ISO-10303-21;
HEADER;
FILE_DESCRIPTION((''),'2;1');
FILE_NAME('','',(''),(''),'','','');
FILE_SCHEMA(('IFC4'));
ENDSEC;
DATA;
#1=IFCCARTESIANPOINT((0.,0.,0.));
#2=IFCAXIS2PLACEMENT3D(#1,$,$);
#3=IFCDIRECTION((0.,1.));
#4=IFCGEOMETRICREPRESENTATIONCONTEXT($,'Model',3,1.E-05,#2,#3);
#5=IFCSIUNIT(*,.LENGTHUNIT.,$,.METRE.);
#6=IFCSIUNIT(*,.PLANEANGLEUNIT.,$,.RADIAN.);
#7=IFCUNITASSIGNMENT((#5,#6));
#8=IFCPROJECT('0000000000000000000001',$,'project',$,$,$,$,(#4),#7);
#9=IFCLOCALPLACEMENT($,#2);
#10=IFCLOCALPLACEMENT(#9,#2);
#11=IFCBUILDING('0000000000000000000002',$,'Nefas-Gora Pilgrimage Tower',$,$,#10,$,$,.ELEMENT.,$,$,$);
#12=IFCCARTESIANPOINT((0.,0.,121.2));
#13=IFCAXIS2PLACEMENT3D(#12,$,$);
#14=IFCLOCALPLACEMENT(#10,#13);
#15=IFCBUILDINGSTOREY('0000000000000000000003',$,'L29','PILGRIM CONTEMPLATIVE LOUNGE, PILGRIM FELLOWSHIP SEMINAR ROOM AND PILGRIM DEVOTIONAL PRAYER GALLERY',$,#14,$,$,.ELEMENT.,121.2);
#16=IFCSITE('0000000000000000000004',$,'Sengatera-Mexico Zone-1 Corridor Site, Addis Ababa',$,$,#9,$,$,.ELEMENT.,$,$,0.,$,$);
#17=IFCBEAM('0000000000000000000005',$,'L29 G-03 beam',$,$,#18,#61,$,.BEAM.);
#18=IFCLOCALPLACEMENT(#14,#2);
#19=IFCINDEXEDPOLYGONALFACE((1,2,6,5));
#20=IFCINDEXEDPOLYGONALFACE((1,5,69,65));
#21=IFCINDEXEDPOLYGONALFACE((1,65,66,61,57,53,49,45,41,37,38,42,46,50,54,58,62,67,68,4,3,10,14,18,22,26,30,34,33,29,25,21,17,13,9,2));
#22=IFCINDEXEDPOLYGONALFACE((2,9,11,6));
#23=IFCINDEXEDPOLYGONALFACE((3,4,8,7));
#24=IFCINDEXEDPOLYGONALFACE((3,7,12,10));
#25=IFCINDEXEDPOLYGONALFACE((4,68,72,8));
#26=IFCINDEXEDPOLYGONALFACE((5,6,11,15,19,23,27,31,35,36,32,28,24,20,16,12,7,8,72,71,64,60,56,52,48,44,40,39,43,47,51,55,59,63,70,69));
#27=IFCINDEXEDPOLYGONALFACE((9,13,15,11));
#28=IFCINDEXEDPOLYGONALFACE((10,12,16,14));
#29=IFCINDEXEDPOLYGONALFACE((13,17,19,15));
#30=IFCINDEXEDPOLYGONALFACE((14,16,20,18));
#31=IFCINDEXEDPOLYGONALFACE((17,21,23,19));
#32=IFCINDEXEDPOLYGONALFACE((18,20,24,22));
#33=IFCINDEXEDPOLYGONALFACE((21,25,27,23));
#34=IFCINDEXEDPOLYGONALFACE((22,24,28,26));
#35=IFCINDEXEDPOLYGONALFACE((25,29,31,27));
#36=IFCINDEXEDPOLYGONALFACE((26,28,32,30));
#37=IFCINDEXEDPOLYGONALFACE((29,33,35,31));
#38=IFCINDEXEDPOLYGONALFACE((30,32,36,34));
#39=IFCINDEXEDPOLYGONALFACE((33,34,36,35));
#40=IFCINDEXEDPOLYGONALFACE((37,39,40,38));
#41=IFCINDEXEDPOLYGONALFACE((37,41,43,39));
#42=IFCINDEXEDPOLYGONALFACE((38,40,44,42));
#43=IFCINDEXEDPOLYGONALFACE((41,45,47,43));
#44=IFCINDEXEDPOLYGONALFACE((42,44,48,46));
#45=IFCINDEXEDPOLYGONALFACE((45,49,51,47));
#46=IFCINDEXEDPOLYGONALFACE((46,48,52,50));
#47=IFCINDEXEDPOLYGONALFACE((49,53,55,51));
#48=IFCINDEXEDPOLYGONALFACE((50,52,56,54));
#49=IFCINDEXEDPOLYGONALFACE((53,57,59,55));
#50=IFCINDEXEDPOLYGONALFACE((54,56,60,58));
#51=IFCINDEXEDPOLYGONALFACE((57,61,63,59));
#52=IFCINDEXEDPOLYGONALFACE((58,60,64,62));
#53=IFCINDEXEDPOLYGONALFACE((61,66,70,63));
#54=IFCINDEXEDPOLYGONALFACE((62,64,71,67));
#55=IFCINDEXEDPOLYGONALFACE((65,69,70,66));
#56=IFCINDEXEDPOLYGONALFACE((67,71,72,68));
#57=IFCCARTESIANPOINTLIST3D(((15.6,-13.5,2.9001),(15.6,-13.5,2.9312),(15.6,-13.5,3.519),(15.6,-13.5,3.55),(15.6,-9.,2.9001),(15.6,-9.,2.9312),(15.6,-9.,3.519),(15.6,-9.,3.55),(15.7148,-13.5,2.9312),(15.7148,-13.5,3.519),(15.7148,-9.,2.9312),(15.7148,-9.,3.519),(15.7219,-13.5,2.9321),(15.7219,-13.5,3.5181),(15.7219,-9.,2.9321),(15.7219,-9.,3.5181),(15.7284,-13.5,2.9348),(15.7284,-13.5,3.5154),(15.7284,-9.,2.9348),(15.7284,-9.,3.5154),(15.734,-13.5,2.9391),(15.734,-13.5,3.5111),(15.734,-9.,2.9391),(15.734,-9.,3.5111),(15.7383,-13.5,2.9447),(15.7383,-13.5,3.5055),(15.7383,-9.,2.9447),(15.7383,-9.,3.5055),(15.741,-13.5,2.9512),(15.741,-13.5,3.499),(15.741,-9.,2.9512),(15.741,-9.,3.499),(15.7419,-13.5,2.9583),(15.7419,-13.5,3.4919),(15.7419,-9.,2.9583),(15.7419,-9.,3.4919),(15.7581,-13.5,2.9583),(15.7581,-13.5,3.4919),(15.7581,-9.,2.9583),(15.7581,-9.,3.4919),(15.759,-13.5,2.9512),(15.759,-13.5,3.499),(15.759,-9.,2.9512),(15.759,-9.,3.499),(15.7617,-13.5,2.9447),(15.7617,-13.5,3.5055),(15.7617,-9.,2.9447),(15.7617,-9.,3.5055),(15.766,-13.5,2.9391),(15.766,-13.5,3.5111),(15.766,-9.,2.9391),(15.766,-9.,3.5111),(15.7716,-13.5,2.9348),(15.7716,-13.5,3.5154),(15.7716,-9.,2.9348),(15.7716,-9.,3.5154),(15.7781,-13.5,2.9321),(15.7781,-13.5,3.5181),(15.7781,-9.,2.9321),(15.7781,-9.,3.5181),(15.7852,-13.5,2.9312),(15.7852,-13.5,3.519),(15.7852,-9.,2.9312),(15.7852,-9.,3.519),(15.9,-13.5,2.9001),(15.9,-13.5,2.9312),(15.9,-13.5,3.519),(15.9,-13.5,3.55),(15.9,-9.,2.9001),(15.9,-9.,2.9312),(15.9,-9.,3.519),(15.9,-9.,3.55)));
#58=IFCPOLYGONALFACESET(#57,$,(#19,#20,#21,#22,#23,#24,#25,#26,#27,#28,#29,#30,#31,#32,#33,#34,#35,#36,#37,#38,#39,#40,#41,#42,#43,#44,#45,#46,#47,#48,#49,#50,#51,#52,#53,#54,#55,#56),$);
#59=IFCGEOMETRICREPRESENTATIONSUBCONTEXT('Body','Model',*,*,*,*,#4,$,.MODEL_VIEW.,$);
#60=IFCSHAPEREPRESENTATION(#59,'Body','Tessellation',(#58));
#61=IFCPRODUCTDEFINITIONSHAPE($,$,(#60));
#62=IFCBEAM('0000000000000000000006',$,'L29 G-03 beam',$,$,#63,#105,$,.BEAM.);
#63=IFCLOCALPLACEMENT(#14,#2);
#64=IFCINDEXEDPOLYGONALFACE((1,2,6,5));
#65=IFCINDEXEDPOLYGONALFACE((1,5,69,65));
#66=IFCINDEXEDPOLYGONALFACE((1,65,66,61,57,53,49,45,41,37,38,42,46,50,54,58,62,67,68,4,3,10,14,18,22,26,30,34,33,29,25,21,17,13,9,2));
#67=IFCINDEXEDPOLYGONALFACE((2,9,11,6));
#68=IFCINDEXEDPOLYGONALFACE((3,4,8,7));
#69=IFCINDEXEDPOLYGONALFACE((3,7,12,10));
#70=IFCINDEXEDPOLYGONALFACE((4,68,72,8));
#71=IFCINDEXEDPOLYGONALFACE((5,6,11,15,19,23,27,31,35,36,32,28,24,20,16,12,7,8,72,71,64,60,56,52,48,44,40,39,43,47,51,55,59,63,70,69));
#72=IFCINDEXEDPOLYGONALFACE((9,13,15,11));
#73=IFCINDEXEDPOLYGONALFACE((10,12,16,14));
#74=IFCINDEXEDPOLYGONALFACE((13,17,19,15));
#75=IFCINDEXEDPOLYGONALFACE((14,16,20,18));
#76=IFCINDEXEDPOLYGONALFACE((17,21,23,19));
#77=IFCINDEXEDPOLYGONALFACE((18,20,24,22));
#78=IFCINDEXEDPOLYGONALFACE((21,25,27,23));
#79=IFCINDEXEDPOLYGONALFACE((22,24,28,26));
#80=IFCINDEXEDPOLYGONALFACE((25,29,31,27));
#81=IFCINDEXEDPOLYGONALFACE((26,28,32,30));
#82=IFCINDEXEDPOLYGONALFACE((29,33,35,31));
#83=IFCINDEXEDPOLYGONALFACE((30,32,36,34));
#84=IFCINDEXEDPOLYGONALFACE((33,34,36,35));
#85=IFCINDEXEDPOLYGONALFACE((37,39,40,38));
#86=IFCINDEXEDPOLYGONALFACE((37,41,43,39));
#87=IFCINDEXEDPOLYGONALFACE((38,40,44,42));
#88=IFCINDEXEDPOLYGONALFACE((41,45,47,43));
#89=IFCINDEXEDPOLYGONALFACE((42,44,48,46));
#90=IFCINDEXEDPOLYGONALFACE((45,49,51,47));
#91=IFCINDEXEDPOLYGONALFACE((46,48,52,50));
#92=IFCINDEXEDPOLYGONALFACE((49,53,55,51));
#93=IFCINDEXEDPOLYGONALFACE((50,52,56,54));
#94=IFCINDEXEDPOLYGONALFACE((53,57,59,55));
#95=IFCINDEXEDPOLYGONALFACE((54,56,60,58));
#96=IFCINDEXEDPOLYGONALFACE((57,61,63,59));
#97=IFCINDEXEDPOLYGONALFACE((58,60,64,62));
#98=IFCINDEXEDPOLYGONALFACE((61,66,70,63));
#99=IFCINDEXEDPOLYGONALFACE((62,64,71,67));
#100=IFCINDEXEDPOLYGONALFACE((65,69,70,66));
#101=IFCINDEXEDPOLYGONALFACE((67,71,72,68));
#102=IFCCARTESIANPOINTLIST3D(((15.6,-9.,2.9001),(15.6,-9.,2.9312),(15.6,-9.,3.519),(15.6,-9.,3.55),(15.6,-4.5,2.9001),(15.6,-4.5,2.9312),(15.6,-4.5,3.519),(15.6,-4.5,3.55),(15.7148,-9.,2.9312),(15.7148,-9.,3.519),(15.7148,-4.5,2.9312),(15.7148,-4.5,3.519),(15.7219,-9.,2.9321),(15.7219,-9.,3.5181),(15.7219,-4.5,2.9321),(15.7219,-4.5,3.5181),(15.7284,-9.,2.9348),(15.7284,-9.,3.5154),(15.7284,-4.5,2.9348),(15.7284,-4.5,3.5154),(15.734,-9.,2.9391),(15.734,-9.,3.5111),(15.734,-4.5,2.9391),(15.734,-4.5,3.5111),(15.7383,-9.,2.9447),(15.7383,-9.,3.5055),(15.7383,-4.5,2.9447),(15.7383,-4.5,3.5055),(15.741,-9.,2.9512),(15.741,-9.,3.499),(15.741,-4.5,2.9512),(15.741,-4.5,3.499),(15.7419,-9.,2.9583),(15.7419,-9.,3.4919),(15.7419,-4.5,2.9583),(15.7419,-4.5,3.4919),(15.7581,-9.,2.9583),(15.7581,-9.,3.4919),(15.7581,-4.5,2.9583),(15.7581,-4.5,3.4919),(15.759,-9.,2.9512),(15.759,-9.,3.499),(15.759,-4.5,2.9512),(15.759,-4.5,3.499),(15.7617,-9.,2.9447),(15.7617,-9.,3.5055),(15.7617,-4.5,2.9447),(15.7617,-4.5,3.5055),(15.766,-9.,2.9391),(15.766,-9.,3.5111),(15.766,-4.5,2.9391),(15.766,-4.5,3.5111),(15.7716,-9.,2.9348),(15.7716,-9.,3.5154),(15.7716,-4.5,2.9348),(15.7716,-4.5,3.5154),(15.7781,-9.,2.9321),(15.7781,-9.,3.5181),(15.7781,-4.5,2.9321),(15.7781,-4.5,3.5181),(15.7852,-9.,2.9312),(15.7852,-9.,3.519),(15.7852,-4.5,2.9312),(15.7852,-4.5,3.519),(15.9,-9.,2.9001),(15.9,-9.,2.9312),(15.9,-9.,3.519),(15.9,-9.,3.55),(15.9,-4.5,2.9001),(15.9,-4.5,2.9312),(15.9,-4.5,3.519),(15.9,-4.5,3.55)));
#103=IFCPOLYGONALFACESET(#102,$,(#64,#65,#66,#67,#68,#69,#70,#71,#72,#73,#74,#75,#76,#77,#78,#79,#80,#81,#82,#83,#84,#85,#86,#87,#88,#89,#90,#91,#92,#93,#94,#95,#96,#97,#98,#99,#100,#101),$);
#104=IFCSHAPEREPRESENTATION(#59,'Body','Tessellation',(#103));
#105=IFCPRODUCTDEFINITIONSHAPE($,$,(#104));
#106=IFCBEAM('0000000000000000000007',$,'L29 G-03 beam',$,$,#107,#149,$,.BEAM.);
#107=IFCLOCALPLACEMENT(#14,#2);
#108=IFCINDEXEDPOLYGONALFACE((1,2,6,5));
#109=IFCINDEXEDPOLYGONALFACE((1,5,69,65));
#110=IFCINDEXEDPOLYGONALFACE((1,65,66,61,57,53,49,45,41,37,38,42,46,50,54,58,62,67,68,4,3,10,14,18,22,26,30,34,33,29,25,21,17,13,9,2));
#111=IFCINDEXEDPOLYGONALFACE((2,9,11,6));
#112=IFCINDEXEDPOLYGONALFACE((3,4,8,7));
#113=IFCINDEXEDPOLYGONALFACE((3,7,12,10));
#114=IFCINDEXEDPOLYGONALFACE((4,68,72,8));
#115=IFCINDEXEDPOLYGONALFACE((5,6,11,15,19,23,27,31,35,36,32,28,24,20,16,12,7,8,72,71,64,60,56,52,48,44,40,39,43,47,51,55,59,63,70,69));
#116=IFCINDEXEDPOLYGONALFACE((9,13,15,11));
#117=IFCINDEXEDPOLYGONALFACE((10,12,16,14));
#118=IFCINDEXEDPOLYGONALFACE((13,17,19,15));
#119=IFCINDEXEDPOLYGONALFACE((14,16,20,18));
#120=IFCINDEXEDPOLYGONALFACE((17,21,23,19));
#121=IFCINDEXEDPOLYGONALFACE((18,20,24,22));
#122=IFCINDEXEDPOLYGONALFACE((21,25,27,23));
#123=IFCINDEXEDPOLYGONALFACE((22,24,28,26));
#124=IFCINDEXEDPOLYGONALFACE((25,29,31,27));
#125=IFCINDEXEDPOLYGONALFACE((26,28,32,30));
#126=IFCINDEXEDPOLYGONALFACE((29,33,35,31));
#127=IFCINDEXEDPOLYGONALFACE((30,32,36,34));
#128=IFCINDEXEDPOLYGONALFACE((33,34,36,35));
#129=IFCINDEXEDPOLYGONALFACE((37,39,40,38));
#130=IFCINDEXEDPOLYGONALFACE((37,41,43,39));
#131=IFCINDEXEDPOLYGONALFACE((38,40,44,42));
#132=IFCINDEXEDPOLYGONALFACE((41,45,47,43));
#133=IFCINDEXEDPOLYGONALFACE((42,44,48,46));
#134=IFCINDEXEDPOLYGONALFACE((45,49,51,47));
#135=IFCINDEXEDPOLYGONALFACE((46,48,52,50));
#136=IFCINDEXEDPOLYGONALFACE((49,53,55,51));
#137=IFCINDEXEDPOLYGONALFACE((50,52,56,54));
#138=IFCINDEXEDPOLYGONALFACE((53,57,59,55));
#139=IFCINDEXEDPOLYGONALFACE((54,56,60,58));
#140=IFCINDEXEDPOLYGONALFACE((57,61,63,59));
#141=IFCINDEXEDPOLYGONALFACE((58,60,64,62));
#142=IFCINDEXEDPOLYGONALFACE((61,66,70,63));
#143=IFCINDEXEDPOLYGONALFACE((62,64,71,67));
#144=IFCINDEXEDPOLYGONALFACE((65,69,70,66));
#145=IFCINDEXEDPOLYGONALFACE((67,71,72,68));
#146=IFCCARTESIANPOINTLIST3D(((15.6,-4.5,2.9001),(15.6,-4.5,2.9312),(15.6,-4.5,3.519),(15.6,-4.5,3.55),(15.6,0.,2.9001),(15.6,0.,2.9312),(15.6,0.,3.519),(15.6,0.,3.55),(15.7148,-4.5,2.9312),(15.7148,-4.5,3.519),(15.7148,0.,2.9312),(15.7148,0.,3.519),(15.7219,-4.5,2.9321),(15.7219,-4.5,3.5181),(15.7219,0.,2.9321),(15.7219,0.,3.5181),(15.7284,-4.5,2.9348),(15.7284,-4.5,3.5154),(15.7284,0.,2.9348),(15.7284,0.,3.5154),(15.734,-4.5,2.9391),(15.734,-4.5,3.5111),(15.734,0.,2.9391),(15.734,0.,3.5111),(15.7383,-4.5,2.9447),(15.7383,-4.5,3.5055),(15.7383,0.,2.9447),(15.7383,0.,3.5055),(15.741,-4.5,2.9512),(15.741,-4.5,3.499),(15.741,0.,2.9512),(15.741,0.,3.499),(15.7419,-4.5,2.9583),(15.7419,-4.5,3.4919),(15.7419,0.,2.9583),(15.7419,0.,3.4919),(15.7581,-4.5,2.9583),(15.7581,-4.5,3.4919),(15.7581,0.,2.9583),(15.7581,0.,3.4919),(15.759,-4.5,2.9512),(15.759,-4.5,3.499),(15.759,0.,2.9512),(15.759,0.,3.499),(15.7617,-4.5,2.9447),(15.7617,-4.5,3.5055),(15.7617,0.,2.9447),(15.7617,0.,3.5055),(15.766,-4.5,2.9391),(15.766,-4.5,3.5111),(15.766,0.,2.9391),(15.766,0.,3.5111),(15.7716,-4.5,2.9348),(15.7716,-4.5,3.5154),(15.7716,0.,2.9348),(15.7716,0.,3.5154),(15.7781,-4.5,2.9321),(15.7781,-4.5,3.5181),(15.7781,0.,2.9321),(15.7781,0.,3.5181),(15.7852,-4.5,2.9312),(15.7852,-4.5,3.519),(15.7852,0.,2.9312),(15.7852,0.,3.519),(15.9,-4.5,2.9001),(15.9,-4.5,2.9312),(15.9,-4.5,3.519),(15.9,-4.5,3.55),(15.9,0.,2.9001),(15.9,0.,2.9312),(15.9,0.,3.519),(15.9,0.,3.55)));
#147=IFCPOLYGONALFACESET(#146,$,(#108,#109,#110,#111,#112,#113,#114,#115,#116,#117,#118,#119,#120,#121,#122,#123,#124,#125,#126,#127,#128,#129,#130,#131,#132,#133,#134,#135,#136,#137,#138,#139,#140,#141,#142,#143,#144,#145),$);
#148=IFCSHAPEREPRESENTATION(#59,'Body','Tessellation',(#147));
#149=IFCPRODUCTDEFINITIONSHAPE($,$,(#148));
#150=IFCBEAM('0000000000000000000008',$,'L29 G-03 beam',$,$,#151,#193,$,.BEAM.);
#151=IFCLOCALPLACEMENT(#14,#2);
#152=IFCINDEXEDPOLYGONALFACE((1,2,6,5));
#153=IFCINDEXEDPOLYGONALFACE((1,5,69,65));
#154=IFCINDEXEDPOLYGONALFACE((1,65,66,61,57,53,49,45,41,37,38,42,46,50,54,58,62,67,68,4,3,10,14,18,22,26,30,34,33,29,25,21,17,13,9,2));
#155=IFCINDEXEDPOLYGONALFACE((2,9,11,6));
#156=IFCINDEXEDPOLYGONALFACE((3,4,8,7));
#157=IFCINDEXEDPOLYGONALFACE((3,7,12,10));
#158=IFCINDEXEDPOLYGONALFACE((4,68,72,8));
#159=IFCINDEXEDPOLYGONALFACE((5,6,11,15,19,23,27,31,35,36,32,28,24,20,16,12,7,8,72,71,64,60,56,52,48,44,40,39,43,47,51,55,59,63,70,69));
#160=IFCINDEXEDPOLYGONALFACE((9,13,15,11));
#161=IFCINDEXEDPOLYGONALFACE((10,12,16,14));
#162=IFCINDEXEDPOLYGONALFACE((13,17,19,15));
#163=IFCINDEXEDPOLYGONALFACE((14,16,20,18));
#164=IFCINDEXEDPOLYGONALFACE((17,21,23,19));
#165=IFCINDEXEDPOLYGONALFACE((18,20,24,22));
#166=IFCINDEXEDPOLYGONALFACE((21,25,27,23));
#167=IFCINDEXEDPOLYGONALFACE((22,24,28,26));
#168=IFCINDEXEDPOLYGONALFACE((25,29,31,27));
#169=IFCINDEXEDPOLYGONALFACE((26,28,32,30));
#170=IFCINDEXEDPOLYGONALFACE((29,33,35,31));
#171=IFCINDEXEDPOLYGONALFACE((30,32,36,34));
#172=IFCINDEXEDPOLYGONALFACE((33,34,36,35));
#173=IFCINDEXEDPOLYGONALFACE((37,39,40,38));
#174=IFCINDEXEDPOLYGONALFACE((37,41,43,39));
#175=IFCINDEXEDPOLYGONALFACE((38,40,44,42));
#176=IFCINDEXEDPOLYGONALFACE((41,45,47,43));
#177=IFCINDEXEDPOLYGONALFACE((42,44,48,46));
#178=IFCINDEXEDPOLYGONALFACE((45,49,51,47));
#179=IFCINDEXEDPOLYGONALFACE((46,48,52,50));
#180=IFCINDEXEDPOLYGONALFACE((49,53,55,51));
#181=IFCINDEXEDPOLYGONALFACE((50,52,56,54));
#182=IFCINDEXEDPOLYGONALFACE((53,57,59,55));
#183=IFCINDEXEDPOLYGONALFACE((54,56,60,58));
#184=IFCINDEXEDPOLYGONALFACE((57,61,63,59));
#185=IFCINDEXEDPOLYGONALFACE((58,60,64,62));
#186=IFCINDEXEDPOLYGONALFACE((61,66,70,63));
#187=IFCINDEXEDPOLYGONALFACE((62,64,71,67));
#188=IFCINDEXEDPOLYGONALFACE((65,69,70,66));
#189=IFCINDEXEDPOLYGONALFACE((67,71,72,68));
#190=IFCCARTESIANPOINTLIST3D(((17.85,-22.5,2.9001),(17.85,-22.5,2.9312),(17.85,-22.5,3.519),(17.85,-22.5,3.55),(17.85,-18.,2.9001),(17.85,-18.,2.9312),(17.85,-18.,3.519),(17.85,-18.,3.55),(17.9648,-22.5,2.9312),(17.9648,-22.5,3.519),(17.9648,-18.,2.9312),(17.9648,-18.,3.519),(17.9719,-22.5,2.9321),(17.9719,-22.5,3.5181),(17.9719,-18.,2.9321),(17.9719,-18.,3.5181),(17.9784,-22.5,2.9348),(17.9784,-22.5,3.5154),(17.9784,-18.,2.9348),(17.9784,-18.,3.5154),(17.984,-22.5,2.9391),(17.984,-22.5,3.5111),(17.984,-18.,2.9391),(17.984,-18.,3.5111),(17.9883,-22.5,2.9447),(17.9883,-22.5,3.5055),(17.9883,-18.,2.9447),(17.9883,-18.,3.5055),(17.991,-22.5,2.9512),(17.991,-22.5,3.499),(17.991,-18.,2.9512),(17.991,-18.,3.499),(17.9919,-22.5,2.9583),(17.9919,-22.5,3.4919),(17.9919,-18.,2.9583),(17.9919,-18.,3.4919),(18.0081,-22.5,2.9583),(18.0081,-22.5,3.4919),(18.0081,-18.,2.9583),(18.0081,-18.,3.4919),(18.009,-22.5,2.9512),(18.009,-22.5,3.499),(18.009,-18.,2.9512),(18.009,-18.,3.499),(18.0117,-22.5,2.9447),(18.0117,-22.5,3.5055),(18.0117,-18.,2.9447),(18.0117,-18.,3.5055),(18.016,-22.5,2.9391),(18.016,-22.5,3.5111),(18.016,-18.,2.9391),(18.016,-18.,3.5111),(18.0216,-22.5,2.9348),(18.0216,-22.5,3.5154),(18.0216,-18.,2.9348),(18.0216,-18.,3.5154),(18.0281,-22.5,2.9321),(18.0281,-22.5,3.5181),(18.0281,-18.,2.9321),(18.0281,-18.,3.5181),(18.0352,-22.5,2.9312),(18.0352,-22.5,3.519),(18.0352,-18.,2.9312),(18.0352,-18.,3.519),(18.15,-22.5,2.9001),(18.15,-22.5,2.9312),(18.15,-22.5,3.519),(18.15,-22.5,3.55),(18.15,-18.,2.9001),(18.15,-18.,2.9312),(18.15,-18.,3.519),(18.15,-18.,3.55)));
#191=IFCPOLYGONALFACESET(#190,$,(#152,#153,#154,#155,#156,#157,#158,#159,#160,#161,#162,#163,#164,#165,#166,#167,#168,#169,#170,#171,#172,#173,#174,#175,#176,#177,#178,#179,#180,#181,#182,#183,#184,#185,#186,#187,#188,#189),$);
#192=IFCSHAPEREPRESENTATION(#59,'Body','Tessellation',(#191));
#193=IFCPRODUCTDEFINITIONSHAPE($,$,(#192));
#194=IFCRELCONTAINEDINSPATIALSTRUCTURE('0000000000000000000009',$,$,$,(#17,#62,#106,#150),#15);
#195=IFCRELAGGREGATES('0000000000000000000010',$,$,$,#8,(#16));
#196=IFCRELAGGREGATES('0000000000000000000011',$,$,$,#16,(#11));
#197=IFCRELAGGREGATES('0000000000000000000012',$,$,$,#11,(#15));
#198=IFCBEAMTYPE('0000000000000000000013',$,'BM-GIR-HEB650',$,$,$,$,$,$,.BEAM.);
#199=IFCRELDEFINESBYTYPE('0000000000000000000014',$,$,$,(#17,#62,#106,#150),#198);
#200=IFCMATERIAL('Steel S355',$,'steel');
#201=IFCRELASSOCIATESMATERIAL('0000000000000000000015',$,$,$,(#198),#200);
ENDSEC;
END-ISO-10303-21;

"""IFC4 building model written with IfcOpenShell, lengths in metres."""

from ifc_helpers import new_model, si_unit, direction, frame, origin, origin_2d, place, context, subcontext, project, spatial, i_section, extrude, source, transform, mapped, material, material_profile, profile_set, type_object, element, save


model = new_model("IFC4")

# Units and contexts
model_context = context("Model", 3, precision=1e-05, world=origin(), true_north=direction((0.0, 1.0)))
body_context = subcontext(model_context, "Body", "Model", "MODEL_VIEW")
ifc_project = project(units=[si_unit("LENGTHUNIT", "METRE"), si_unit("PLANEANGLEUNIT", "RADIAN")], contexts=[model_context])

# Site, building, storey
site_placement = place(None, origin())
site = spatial("IfcSite", under=ifc_project, at=site_placement, Name="Sengatera-Mexico Zone-1 Corridor Site, Addis Ababa", CompositionType="ELEMENT", RefElevation=0.0)
building_placement = place(site_placement, origin())
building = spatial("IfcBuilding", under=site, at=building_placement, Name="Nefas-Gora Pilgrimage Tower", CompositionType="ELEMENT")
storey_placement = place(building_placement, frame((0.0, 0.0, 121.2)))
storey = spatial("IfcBuildingStorey", under=building, at=storey_placement, Name="L29", Description="PILGRIM CONTEMPLATIVE LOUNGE, PILGRIM FELLOWSHIP SEMINAR ROOM AND PILGRIM DEVOTIONAL PRAYER GALLERY", CompositionType="ELEMENT", Elevation=121.2)

# Beams
ifc_material_1 = material(Name="Steel S355", Category="steel")
ifc_material_profile_1 = material_profile(ifc_material_1, i_section(OverallWidth=0.3, OverallDepth=0.6499, WebThickness=0.0161, FlangeThickness=0.031, FilletRadius=0.0271, at=origin_2d()), Name="HEB 650")
ifc_profile_set_1 = profile_set([ifc_material_profile_1], Name="Steel S355")
beam_type_1 = type_object("IfcBeamType", Name="BM-GIR-HEB650", PredefinedType="BEAM", material=ifc_profile_set_1)
shared_shape_1 = source(origin(), body_context, "Body", "SweptSolid", [
    extrude(i_section(OverallWidth=0.3, OverallDepth=0.6499, WebThickness=0.0161, FlangeThickness=0.031, FilletRadius=0.0271, at=origin_2d()), origin(), (0.0, 0.0, 1.0), 4.5),
])
for number, where, z_axis, x_axis, name in (
    (1, (15.75, -13.5, 3.2251), (0.0, 1.0, 0.0), (-1.0, 0.0, 0.0), "L29 G-03 beam"),
    (2, (15.75, -9.0, 3.2251), (0.0, 1.0, 0.0), (-1.0, 0.0, 0.0), "L29 G-03 beam"),
    (3, (15.75, -4.5, 3.2251), (0.0, 1.0, 0.0), (-1.0, 0.0, 0.0), "L29 G-03 beam"),
    (4, (18.0, -22.5, 3.2251), (0.0, 1.0, 0.0), (-1.0, 0.0, 0.0), "L29 G-03 beam"),
):
    element("IfcBeam", number, at=place(storey_placement, frame(where, z_axis=z_axis, x_axis=x_axis)), inside=storey, type_object=beam_type_1, Name=name, PredefinedType="BEAM", context=body_context, shape_type="MappedRepresentation", body=[
        mapped(shared_shape_1, transform((0.0, 0.0, 0.0), x_axis=(1.0, 0.0, 0.0), y_axis=(0.0, 1.0, 0.0), z_axis=(0.0, 0.0, 1.0), scale=1.0)),
    ])

save(model, "model.ifc")
